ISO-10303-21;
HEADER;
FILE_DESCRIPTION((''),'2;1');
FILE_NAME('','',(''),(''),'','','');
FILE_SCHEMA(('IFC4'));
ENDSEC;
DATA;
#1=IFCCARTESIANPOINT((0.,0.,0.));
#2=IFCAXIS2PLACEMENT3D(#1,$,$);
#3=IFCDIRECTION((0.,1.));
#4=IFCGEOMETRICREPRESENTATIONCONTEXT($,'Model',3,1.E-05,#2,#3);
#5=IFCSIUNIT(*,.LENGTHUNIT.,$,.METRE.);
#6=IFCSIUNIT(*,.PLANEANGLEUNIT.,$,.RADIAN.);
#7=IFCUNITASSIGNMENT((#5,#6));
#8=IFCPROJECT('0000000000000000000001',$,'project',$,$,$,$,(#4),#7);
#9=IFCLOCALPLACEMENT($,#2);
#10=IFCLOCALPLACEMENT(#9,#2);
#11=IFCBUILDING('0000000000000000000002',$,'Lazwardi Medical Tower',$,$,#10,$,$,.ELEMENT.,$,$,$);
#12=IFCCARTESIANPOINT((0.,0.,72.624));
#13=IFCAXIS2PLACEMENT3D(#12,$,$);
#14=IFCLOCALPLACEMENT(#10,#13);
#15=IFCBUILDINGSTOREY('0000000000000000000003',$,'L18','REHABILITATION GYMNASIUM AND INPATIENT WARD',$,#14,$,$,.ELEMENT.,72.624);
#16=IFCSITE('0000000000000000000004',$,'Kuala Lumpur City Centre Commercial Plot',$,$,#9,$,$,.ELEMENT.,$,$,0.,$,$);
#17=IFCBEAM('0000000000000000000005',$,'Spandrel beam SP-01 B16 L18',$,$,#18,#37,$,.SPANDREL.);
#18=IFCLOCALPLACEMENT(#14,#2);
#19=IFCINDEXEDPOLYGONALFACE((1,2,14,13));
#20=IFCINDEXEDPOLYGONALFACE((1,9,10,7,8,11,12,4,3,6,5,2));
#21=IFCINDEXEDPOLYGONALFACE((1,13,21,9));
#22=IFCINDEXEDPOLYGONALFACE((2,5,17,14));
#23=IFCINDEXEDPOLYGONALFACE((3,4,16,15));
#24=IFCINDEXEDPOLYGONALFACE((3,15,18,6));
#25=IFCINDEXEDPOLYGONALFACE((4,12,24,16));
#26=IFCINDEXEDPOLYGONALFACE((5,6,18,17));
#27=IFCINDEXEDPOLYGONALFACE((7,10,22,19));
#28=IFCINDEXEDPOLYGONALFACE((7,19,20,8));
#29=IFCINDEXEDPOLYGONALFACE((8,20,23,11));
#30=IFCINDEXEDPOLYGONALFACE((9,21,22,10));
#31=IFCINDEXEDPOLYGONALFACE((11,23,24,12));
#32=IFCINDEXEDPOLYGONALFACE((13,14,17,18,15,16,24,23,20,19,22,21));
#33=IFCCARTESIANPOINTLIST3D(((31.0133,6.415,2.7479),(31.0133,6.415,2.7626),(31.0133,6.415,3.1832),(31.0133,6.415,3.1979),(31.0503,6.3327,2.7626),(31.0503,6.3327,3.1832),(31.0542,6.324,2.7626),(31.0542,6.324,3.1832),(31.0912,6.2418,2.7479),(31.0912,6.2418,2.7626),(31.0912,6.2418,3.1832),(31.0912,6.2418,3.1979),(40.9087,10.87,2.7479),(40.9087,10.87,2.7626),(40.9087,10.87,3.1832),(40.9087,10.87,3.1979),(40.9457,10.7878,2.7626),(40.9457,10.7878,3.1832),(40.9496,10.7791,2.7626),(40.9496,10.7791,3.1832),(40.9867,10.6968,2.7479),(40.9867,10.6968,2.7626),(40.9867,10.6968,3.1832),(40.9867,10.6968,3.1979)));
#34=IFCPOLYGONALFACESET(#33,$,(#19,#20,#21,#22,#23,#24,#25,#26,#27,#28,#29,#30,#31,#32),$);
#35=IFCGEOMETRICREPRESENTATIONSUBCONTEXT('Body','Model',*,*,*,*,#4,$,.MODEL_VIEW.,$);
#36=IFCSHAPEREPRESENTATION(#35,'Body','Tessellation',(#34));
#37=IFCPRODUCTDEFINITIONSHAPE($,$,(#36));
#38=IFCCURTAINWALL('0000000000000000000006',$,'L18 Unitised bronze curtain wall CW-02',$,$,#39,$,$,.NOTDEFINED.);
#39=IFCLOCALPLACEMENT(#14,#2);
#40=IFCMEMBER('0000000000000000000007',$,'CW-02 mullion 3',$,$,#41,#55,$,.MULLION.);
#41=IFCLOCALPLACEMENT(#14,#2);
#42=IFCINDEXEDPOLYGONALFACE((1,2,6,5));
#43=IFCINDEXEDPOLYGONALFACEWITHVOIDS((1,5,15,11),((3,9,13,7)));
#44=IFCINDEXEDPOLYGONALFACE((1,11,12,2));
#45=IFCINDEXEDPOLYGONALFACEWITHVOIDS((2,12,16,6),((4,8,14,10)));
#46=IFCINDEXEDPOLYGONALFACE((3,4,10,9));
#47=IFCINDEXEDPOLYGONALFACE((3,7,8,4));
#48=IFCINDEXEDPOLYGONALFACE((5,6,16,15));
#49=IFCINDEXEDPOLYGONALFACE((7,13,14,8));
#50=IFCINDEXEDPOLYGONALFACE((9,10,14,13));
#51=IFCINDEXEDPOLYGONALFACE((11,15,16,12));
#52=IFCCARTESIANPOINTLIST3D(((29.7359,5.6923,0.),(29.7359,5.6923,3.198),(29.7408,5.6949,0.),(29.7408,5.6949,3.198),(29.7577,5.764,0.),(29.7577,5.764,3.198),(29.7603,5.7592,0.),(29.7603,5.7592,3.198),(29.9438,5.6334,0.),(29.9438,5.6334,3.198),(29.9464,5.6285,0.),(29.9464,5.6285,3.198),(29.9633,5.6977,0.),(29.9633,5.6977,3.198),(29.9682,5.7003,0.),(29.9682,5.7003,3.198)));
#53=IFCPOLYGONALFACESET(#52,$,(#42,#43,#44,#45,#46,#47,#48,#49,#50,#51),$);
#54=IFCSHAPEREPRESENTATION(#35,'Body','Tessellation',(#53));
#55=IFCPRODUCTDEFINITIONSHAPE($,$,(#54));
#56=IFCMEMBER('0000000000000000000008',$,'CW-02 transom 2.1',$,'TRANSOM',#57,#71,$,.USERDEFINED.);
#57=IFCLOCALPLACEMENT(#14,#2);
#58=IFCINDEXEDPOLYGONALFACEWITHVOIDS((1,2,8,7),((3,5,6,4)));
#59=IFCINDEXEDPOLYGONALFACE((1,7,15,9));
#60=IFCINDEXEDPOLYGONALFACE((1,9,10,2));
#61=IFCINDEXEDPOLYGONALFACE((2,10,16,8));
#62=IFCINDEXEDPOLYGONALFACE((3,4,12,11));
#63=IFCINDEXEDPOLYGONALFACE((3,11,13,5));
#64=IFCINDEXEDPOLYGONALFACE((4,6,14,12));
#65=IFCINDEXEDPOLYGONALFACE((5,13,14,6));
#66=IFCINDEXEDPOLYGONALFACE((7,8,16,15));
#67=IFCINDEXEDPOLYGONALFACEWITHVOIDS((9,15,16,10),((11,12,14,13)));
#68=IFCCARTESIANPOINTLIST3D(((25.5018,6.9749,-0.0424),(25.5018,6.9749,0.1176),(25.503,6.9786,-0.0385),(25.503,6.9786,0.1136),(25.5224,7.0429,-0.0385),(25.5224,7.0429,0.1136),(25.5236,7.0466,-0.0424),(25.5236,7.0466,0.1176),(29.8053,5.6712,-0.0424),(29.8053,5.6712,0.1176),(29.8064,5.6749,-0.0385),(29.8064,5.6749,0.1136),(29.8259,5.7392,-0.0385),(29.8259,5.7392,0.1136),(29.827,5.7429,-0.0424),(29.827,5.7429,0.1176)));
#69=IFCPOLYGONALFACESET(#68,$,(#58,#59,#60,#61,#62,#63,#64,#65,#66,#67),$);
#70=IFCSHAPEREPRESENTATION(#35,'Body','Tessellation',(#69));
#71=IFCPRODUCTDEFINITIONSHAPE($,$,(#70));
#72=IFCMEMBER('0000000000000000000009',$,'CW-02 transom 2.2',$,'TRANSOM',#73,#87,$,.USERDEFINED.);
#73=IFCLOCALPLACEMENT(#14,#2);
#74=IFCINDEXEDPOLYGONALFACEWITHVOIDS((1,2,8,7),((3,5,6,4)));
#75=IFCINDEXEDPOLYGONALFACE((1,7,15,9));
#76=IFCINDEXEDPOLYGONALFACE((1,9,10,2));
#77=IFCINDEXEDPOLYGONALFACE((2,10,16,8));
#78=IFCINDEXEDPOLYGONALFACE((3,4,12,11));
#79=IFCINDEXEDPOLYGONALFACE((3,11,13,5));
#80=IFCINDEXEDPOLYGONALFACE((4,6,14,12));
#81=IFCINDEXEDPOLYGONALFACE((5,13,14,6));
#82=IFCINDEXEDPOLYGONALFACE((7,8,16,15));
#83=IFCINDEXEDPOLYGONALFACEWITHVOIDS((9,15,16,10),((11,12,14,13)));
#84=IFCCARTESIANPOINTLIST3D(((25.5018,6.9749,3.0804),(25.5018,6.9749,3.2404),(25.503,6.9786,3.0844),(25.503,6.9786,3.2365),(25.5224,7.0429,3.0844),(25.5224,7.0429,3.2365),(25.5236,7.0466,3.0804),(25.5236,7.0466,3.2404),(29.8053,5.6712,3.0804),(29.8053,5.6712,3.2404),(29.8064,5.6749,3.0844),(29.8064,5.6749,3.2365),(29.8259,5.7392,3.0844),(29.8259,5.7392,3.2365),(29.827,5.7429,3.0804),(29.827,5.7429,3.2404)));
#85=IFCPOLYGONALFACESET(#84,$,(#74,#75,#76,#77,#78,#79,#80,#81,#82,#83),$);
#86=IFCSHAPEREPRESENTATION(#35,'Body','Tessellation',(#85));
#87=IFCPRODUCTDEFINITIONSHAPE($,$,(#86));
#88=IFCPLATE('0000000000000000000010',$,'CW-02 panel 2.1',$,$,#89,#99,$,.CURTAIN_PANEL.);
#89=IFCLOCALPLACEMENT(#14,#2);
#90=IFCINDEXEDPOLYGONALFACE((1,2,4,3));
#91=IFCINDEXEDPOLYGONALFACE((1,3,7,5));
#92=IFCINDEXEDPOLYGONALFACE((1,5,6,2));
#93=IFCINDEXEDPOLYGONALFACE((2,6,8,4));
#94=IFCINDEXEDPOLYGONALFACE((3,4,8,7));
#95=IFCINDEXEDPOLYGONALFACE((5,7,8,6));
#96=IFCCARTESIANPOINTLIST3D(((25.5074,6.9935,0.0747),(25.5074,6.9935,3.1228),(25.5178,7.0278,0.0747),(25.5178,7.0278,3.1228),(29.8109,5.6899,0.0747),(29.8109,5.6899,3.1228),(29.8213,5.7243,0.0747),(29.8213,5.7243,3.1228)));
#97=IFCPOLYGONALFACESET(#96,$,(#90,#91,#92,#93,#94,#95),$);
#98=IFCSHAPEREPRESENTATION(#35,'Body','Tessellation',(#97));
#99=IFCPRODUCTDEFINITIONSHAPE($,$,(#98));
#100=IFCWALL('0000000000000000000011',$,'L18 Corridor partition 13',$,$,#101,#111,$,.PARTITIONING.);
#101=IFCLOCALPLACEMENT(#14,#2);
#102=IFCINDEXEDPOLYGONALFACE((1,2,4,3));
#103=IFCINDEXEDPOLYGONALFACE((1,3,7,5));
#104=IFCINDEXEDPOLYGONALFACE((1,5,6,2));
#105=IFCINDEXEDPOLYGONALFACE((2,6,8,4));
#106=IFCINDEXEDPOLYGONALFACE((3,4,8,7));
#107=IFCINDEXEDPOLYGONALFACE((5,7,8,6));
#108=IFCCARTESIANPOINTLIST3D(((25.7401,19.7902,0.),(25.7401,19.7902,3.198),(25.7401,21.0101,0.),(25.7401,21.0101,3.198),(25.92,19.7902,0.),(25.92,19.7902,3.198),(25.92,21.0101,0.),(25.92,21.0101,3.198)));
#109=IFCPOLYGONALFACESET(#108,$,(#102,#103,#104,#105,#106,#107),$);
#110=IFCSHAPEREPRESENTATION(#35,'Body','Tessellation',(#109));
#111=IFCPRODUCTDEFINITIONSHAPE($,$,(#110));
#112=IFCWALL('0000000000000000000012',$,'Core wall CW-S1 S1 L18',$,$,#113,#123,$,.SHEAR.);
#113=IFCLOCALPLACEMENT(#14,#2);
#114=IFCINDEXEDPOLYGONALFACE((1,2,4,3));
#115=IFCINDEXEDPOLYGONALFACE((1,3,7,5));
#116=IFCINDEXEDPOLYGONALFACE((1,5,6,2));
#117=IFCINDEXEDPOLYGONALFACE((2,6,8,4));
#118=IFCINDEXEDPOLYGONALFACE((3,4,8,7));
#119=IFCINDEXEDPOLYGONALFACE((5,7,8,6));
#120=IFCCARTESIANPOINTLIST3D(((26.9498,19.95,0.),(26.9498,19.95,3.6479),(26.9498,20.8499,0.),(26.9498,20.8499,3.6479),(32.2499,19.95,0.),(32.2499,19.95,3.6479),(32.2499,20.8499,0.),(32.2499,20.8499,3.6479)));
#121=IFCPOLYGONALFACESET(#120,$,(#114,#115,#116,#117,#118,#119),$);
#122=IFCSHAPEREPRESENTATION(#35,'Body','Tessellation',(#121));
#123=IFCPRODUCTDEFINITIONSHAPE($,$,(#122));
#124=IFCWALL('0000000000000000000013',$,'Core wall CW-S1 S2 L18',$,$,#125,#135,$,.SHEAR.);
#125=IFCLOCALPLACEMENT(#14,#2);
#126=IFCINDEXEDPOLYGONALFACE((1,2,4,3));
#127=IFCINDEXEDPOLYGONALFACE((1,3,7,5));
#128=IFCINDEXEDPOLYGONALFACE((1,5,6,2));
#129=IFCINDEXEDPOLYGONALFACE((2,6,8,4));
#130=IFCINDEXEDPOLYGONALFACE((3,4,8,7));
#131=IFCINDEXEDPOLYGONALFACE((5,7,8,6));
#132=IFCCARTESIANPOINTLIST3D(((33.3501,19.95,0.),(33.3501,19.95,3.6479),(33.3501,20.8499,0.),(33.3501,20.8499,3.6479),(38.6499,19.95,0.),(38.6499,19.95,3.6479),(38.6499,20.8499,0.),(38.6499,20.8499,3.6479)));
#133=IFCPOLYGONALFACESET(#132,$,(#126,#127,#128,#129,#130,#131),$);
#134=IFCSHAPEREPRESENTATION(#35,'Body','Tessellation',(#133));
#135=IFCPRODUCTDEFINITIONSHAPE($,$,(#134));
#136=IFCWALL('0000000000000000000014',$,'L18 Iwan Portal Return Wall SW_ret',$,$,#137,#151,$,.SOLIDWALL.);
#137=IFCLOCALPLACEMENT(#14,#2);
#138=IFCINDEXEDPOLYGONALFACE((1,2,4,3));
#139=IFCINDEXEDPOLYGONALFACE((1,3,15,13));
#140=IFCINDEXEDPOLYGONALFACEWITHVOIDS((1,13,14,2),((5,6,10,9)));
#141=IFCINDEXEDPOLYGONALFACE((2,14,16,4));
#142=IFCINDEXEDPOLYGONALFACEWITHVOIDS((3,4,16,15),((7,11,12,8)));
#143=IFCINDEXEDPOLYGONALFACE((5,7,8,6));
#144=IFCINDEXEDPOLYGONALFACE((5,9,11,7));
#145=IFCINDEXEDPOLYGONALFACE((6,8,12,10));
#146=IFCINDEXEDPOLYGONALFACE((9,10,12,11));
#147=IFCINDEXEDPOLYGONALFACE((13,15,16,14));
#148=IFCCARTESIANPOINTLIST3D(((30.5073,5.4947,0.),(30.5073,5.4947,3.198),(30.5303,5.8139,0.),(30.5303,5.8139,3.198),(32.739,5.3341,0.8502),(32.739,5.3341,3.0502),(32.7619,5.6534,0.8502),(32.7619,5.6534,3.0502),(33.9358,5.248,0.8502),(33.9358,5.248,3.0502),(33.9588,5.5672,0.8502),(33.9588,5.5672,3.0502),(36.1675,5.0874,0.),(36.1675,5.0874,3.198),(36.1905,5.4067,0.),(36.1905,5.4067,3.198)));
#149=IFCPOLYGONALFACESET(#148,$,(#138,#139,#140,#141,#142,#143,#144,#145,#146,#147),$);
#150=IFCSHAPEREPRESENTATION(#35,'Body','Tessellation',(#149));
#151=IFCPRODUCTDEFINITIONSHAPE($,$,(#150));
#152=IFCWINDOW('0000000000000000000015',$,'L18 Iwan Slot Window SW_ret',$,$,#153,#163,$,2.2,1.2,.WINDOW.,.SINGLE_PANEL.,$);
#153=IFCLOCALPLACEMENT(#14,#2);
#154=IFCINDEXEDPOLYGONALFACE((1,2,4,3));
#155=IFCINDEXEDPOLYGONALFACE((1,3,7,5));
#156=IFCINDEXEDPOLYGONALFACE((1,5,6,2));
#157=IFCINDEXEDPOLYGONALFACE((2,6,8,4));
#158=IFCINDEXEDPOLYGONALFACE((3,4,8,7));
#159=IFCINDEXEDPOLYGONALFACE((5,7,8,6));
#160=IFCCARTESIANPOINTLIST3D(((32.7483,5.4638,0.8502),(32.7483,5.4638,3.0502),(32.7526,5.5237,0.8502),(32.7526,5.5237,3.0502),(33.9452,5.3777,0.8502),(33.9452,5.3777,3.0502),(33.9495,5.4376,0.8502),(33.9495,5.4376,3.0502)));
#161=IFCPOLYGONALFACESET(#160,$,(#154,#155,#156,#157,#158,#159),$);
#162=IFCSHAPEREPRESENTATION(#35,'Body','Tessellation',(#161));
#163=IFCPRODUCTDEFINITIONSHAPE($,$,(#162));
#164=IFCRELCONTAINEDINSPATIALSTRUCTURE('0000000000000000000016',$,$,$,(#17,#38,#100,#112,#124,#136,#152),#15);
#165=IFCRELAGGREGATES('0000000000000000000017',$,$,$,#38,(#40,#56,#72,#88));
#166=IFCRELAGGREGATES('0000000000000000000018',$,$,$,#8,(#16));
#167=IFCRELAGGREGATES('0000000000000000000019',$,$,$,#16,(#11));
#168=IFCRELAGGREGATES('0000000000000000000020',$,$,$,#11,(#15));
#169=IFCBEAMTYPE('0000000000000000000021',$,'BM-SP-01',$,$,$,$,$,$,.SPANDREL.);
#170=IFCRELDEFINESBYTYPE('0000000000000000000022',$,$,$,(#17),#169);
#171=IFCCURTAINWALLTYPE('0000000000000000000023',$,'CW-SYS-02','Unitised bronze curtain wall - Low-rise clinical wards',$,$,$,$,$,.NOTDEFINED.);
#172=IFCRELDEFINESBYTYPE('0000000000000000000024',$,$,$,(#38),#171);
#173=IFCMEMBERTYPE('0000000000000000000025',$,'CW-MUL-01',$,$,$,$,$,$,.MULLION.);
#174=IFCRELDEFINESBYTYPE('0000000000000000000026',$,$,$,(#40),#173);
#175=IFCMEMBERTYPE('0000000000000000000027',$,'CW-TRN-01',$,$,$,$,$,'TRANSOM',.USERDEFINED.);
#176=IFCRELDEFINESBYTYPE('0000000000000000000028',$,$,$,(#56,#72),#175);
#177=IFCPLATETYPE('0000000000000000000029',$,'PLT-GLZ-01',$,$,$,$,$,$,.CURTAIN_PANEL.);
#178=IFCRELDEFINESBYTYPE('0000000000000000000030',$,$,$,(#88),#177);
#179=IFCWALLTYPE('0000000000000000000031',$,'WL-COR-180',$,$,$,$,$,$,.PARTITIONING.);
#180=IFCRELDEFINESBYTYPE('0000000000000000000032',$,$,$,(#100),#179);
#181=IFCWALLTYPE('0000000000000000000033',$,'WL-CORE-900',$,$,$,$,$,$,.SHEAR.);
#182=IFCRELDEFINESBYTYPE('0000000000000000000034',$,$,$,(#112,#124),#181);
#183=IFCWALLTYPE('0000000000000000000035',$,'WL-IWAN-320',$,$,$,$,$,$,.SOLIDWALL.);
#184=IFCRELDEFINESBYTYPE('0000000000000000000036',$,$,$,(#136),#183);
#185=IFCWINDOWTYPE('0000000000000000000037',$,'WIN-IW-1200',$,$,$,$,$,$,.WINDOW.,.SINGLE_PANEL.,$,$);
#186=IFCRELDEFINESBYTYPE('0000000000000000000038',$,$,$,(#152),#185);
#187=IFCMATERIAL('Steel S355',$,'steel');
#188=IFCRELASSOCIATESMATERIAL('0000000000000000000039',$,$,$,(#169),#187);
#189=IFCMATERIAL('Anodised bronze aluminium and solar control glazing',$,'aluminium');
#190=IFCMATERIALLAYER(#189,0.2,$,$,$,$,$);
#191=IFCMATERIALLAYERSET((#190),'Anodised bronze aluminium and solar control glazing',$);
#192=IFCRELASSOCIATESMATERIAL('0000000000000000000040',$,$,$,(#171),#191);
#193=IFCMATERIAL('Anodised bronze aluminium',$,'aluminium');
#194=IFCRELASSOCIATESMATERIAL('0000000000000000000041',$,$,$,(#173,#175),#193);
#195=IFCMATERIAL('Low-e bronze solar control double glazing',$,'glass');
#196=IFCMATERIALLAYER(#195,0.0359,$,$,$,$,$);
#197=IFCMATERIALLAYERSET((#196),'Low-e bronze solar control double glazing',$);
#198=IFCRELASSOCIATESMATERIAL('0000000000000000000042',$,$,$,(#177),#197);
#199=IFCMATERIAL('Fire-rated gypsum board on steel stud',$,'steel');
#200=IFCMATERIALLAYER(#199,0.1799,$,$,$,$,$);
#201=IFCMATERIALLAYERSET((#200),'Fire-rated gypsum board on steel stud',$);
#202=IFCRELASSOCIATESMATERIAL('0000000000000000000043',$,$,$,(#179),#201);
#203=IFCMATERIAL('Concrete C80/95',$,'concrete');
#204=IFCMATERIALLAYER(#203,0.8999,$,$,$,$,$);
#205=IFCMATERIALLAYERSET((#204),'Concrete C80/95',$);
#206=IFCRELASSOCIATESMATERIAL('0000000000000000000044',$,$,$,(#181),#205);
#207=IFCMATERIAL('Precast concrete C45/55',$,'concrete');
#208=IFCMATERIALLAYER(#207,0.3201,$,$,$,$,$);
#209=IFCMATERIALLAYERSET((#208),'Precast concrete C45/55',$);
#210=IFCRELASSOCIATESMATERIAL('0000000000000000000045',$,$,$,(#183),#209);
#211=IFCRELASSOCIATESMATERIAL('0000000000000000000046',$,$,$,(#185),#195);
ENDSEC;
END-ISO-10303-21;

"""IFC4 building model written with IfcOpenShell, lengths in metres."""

from ifc_helpers import new_model, si_unit, direction, frame, frame_2d, origin, origin_2d, place, context, subcontext, project, spatial, rectangle, hollow_rectangle, i_section, extrude, material, layer, layer_set, material_profile, profile_set, type_object, element, fill, aggregate, save


model = new_model("IFC4")

# Units and contexts
model_context = context("Model", 3, precision=1e-05, world=origin(), true_north=direction((0.0, 1.0)))
body_context = subcontext(model_context, "Body", "Model", "MODEL_VIEW")
ifc_project = project(units=[si_unit("LENGTHUNIT", "METRE"), si_unit("PLANEANGLEUNIT", "RADIAN")], contexts=[model_context])

# Site, building, storey
site_placement = place(None, origin())
site = spatial("IfcSite", under=ifc_project, at=site_placement, Name="Kuala Lumpur City Centre Commercial Plot", CompositionType="ELEMENT", RefElevation=0.0)
building_placement = place(site_placement, origin())
building = spatial("IfcBuilding", under=site, at=building_placement, Name="Lazwardi Medical Tower", CompositionType="ELEMENT")
storey_placement = place(building_placement, frame((0.0, 0.0, 72.624)))
storey = spatial("IfcBuildingStorey", under=building, at=storey_placement, Name="L18", Description="REHABILITATION GYMNASIUM AND INPATIENT WARD", CompositionType="ELEMENT", Elevation=72.624)

# Shared definitions
ifc_material_1 = material(Name="Concrete C80/95", Category="concrete")

# Beam
ifc_material_2 = material(Name="Steel S355", Category="steel")
ifc_material_profile_1 = material_profile(ifc_material_2, i_section(OverallWidth=0.1899, OverallDepth=0.45, WebThickness=0.0095, FlangeThickness=0.0146, at=origin_2d()), Name="IPE 450")
ifc_profile_set_1 = profile_set([ifc_material_profile_1], Name="Steel S355")
beam_type_1 = type_object("IfcBeamType", Name="BM-SP-01", PredefinedType="SPANDREL", material=ifc_profile_set_1)
beam_1_placement = place(storey_placement, frame((31.0522, 6.3284, 2.9729), z_axis=(0.911849, 0.410526, 0.0), x_axis=(-0.410526, 0.911849, 0.0)))
element("IfcBeam", 1, at=beam_1_placement, inside=storey, type_object=beam_type_1, Name="Spandrel beam SP-01 B16 L18", PredefinedType="SPANDREL", context=body_context, shape_type="SweptSolid", body=[
    extrude(i_section(OverallWidth=0.1899, OverallDepth=0.45, WebThickness=0.0095, FlangeThickness=0.0146, at=origin_2d()), origin(), (0.0, 0.0, 1.0), 10.8521),
])

# Curtain wall, members, plate
ifc_material_3 = material(Name="Anodised bronze aluminium and solar control glazing", Category="aluminium")
ifc_layer_1 = layer(ifc_material_3, 0.2)
ifc_layer_set_1 = layer_set([ifc_layer_1], Name="Anodised bronze aluminium and solar control glazing")
curtain_wall_type = type_object("IfcCurtainWallType", Name="CW-SYS-02", Description="Unitised bronze curtain wall - Low-rise clinical wards", PredefinedType="NOTDEFINED", material=ifc_layer_set_1)
curtain_wall_placement = place(storey_placement, origin())
curtain_wall = element("IfcCurtainWall", 2, at=curtain_wall_placement, inside=storey, type_object=curtain_wall_type, Name="L18 Unitised bronze curtain wall CW-02", PredefinedType="NOTDEFINED")
ifc_material_4 = material(Name="Anodised bronze aluminium", Category="aluminium")
ifc_material_profile_2 = material_profile(ifc_material_4, hollow_rectangle(XDim=0.075, YDim=0.22, WallThickness=0.0039, at=origin_2d()), Name="ALU-MULLION 220x75x4")
ifc_profile_set_2 = profile_set([ifc_material_profile_2], Name="Anodised bronze aluminium")
member_type_1 = type_object("IfcMemberType", Name="CW-MUL-01", PredefinedType="MULLION", material=ifc_profile_set_2)
member_1_placement = place(storey_placement, frame((29.8521, 5.6963, 0.0), z_axis=(0.0, 0.0, 1.0), x_axis=(0.289896, 0.957058, 0.0)))
member_1 = element("IfcMember", 3, at=member_1_placement, type_object=member_type_1, Name="CW-02 mullion 3", PredefinedType="MULLION", context=body_context, shape_type="SweptSolid", body=[
    extrude(hollow_rectangle(XDim=0.075, YDim=0.22, WallThickness=0.0039, at=origin_2d()), origin(), (0.0, 0.0, 1.0), 3.198),
])
ifc_material_profile_3 = material_profile(ifc_material_4, hollow_rectangle(XDim=0.075, YDim=0.1599, WallThickness=0.0039, at=origin_2d()), Name="ALU-TRANSOM 160x75x4")
ifc_profile_set_3 = profile_set([ifc_material_profile_3], Name="Anodised bronze aluminium")
member_type_2 = type_object("IfcMemberType", Name="CW-TRN-01", ElementType="TRANSOM", PredefinedType="USERDEFINED", material=ifc_profile_set_3)
member_2_placement = place(storey_placement, frame((25.5127, 7.0107, 0.0376), z_axis=(0.957047, -0.289932, 0.0), x_axis=(0.289932, 0.957047, 0.0)))
member_2 = element("IfcMember", 4, at=member_2_placement, type_object=member_type_2, Name="CW-02 transom 2.1", ObjectType="TRANSOM", PredefinedType="USERDEFINED", context=body_context, shape_type="SweptSolid", body=[
    extrude(hollow_rectangle(XDim=0.075, YDim=0.1599, WallThickness=0.0039, at=origin_2d()), origin(), (0.0, 0.0, 1.0), 4.4966),
])
member_3_placement = place(storey_placement, frame((25.5127, 7.0107, 3.1604), z_axis=(0.957047, -0.289932, 0.0), x_axis=(0.289932, 0.957047, 0.0)))
member_3 = element("IfcMember", 5, at=member_3_placement, type_object=member_type_2, Name="CW-02 transom 2.2", ObjectType="TRANSOM", PredefinedType="USERDEFINED", context=body_context, shape_type="SweptSolid", body=[
    extrude(hollow_rectangle(XDim=0.075, YDim=0.1599, WallThickness=0.0039, at=origin_2d()), origin(), (0.0, 0.0, 1.0), 4.4966),
])
ifc_material_5 = material(Name="Low-e bronze solar control double glazing", Category="glass")
ifc_layer_2 = layer(ifc_material_5, 0.0359)
ifc_layer_set_2 = layer_set([ifc_layer_2], Name="Low-e bronze solar control double glazing")
plate_type = type_object("IfcPlateType", Name="PLT-GLZ-01", PredefinedType="CURTAIN_PANEL", material=ifc_layer_set_2)
plate_placement = place(storey_placement, frame((27.6643, 6.3589, 0.0747), z_axis=(0.0, 0.0, 1.0), x_axis=(0.957058, -0.289896, 0.0)))
plate = element("IfcPlate", 6, at=plate_placement, type_object=plate_type, Name="CW-02 panel 2.1", PredefinedType="CURTAIN_PANEL", context=body_context, shape_type="SweptSolid", body=[
    extrude(rectangle(XDim=4.4966, YDim=0.0359, at=origin_2d()), origin(), (0.0, 0.0, 1.0), 3.0481),
])
aggregate(curtain_wall, [member_1, member_2, member_3, plate])

# Wall
ifc_material_6 = material(Name="Fire-rated gypsum board on steel stud", Category="steel")
ifc_layer_3 = layer(ifc_material_6, 0.1799)
ifc_layer_set_3 = layer_set([ifc_layer_3], Name="Fire-rated gypsum board on steel stud")
wall_type_1 = type_object("IfcWallType", Name="WL-COR-180", PredefinedType="PARTITIONING", material=ifc_layer_set_3)
wall_1_placement = place(storey_placement, frame((25.8301, 21.01, 0.0), z_axis=(0.0, 0.0, 1.0), x_axis=(0.0, -1.0, 0.0)))
element("IfcWall", 7, at=wall_1_placement, inside=storey, type_object=wall_type_1, Name="L18 Corridor partition 13", PredefinedType="PARTITIONING", context=body_context, shape_type="SweptSolid", body=[
    extrude(rectangle(XDim=1.22, YDim=0.1799, at=frame_2d((0.6099, 0.0))), origin(), (0.0, 0.0, 1.0), 3.198),
])

# Shared definitions
ifc_layer_4 = layer(ifc_material_1, 0.8999)
ifc_layer_set_4 = layer_set([ifc_layer_4], Name="Concrete C80/95")
wall_type_2 = type_object("IfcWallType", Name="WL-CORE-900", PredefinedType="SHEAR", material=ifc_layer_set_4)

# Walls
wall_2_placement = place(storey_placement, frame((26.95, 20.3999, 0.0), z_axis=(0.0, 0.0, 1.0), x_axis=(1.0, 0.0, 0.0)))
element("IfcWall", 8, at=wall_2_placement, inside=storey, type_object=wall_type_2, Name="Core wall CW-S1 S1 L18", PredefinedType="SHEAR", context=body_context, shape_type="SweptSolid", body=[
    extrude(rectangle(XDim=5.3, YDim=0.8999, at=frame_2d((2.6499, 0.0))), origin(), (0.0, 0.0, 1.0), 3.6479),
])
wall_3_placement = place(storey_placement, frame((33.3501, 20.3999, 0.0), z_axis=(0.0, 0.0, 1.0), x_axis=(1.0, 0.0, 0.0)))
element("IfcWall", 9, at=wall_3_placement, inside=storey, type_object=wall_type_2, Name="Core wall CW-S1 S2 L18", PredefinedType="SHEAR", context=body_context, shape_type="SweptSolid", body=[
    extrude(rectangle(XDim=5.2998, YDim=0.8999, at=frame_2d((2.6499, 0.0))), origin(), (0.0, 0.0, 1.0), 3.6479),
])

# Wall, opening, window
ifc_material_7 = material(Name="Precast concrete C45/55", Category="concrete")
ifc_layer_5 = layer(ifc_material_7, 0.3201)
ifc_layer_set_5 = layer_set([ifc_layer_5], Name="Precast concrete C45/55")
wall_type_3 = type_object("IfcWallType", Name="WL-IWAN-320", PredefinedType="SOLIDWALL", material=ifc_layer_set_5)
wall_4_placement = place(storey_placement, frame((30.5188, 5.6543, 0.0), z_axis=(0.0, 0.0, 1.0), x_axis=(0.997422, -0.071761, 0.0)))
wall_4 = element("IfcWall", 10, at=wall_4_placement, inside=storey, type_object=wall_type_3, Name="L18 Iwan Portal Return Wall SW_ret", PredefinedType="SOLIDWALL", context=body_context, shape_type="SweptSolid", body=[
    extrude(rectangle(XDim=5.6748, YDim=0.3201, at=frame_2d((2.8374, 0.0))), origin(), (0.0, 0.0, 1.0), 3.198),
])
opening_1_placement = place(wall_4_placement, frame((2.2373, 0.0, 0.8501)))
opening_1 = element("IfcOpeningElement", 11, at=opening_1_placement, cuts=wall_4, PredefinedType="OPENING", context=body_context, shape_type="SweptSolid", body=[
    extrude(rectangle(XDim=1.2, YDim=2.2, at=frame_2d((0.6001, 1.1001))), frame((0.0, 0.1699, 0.0), z_axis=(0.0, -1.0, 0.0), x_axis=(1.0, 0.0, 0.0)), (0.0, 0.0, 1.0), 0.3401),
])
window_type = type_object("IfcWindowType", Name="WIN-IW-1200", PartitioningType="SINGLE_PANEL", PredefinedType="WINDOW", material=ifc_material_5)
window_placement = place(opening_1_placement, origin())
window = element("IfcWindow", 12, at=window_placement, inside=storey, type_object=window_type, Name="L18 Iwan Slot Window SW_ret", OverallHeight=2.2, OverallWidth=1.2, PartitioningType="SINGLE_PANEL", PredefinedType="WINDOW", context=body_context, shape_type="SweptSolid", body=[
    extrude(rectangle(XDim=1.2, YDim=2.2, at=frame_2d((0.6001, 1.1001))), frame((0.0, 0.03, 0.0), z_axis=(0.0, -1.0, 0.0), x_axis=(1.0, 0.0, 0.0)), (0.0, 0.0, 1.0), 0.0601),
])
fill(opening_1, window)

save(model, "model.ifc")
